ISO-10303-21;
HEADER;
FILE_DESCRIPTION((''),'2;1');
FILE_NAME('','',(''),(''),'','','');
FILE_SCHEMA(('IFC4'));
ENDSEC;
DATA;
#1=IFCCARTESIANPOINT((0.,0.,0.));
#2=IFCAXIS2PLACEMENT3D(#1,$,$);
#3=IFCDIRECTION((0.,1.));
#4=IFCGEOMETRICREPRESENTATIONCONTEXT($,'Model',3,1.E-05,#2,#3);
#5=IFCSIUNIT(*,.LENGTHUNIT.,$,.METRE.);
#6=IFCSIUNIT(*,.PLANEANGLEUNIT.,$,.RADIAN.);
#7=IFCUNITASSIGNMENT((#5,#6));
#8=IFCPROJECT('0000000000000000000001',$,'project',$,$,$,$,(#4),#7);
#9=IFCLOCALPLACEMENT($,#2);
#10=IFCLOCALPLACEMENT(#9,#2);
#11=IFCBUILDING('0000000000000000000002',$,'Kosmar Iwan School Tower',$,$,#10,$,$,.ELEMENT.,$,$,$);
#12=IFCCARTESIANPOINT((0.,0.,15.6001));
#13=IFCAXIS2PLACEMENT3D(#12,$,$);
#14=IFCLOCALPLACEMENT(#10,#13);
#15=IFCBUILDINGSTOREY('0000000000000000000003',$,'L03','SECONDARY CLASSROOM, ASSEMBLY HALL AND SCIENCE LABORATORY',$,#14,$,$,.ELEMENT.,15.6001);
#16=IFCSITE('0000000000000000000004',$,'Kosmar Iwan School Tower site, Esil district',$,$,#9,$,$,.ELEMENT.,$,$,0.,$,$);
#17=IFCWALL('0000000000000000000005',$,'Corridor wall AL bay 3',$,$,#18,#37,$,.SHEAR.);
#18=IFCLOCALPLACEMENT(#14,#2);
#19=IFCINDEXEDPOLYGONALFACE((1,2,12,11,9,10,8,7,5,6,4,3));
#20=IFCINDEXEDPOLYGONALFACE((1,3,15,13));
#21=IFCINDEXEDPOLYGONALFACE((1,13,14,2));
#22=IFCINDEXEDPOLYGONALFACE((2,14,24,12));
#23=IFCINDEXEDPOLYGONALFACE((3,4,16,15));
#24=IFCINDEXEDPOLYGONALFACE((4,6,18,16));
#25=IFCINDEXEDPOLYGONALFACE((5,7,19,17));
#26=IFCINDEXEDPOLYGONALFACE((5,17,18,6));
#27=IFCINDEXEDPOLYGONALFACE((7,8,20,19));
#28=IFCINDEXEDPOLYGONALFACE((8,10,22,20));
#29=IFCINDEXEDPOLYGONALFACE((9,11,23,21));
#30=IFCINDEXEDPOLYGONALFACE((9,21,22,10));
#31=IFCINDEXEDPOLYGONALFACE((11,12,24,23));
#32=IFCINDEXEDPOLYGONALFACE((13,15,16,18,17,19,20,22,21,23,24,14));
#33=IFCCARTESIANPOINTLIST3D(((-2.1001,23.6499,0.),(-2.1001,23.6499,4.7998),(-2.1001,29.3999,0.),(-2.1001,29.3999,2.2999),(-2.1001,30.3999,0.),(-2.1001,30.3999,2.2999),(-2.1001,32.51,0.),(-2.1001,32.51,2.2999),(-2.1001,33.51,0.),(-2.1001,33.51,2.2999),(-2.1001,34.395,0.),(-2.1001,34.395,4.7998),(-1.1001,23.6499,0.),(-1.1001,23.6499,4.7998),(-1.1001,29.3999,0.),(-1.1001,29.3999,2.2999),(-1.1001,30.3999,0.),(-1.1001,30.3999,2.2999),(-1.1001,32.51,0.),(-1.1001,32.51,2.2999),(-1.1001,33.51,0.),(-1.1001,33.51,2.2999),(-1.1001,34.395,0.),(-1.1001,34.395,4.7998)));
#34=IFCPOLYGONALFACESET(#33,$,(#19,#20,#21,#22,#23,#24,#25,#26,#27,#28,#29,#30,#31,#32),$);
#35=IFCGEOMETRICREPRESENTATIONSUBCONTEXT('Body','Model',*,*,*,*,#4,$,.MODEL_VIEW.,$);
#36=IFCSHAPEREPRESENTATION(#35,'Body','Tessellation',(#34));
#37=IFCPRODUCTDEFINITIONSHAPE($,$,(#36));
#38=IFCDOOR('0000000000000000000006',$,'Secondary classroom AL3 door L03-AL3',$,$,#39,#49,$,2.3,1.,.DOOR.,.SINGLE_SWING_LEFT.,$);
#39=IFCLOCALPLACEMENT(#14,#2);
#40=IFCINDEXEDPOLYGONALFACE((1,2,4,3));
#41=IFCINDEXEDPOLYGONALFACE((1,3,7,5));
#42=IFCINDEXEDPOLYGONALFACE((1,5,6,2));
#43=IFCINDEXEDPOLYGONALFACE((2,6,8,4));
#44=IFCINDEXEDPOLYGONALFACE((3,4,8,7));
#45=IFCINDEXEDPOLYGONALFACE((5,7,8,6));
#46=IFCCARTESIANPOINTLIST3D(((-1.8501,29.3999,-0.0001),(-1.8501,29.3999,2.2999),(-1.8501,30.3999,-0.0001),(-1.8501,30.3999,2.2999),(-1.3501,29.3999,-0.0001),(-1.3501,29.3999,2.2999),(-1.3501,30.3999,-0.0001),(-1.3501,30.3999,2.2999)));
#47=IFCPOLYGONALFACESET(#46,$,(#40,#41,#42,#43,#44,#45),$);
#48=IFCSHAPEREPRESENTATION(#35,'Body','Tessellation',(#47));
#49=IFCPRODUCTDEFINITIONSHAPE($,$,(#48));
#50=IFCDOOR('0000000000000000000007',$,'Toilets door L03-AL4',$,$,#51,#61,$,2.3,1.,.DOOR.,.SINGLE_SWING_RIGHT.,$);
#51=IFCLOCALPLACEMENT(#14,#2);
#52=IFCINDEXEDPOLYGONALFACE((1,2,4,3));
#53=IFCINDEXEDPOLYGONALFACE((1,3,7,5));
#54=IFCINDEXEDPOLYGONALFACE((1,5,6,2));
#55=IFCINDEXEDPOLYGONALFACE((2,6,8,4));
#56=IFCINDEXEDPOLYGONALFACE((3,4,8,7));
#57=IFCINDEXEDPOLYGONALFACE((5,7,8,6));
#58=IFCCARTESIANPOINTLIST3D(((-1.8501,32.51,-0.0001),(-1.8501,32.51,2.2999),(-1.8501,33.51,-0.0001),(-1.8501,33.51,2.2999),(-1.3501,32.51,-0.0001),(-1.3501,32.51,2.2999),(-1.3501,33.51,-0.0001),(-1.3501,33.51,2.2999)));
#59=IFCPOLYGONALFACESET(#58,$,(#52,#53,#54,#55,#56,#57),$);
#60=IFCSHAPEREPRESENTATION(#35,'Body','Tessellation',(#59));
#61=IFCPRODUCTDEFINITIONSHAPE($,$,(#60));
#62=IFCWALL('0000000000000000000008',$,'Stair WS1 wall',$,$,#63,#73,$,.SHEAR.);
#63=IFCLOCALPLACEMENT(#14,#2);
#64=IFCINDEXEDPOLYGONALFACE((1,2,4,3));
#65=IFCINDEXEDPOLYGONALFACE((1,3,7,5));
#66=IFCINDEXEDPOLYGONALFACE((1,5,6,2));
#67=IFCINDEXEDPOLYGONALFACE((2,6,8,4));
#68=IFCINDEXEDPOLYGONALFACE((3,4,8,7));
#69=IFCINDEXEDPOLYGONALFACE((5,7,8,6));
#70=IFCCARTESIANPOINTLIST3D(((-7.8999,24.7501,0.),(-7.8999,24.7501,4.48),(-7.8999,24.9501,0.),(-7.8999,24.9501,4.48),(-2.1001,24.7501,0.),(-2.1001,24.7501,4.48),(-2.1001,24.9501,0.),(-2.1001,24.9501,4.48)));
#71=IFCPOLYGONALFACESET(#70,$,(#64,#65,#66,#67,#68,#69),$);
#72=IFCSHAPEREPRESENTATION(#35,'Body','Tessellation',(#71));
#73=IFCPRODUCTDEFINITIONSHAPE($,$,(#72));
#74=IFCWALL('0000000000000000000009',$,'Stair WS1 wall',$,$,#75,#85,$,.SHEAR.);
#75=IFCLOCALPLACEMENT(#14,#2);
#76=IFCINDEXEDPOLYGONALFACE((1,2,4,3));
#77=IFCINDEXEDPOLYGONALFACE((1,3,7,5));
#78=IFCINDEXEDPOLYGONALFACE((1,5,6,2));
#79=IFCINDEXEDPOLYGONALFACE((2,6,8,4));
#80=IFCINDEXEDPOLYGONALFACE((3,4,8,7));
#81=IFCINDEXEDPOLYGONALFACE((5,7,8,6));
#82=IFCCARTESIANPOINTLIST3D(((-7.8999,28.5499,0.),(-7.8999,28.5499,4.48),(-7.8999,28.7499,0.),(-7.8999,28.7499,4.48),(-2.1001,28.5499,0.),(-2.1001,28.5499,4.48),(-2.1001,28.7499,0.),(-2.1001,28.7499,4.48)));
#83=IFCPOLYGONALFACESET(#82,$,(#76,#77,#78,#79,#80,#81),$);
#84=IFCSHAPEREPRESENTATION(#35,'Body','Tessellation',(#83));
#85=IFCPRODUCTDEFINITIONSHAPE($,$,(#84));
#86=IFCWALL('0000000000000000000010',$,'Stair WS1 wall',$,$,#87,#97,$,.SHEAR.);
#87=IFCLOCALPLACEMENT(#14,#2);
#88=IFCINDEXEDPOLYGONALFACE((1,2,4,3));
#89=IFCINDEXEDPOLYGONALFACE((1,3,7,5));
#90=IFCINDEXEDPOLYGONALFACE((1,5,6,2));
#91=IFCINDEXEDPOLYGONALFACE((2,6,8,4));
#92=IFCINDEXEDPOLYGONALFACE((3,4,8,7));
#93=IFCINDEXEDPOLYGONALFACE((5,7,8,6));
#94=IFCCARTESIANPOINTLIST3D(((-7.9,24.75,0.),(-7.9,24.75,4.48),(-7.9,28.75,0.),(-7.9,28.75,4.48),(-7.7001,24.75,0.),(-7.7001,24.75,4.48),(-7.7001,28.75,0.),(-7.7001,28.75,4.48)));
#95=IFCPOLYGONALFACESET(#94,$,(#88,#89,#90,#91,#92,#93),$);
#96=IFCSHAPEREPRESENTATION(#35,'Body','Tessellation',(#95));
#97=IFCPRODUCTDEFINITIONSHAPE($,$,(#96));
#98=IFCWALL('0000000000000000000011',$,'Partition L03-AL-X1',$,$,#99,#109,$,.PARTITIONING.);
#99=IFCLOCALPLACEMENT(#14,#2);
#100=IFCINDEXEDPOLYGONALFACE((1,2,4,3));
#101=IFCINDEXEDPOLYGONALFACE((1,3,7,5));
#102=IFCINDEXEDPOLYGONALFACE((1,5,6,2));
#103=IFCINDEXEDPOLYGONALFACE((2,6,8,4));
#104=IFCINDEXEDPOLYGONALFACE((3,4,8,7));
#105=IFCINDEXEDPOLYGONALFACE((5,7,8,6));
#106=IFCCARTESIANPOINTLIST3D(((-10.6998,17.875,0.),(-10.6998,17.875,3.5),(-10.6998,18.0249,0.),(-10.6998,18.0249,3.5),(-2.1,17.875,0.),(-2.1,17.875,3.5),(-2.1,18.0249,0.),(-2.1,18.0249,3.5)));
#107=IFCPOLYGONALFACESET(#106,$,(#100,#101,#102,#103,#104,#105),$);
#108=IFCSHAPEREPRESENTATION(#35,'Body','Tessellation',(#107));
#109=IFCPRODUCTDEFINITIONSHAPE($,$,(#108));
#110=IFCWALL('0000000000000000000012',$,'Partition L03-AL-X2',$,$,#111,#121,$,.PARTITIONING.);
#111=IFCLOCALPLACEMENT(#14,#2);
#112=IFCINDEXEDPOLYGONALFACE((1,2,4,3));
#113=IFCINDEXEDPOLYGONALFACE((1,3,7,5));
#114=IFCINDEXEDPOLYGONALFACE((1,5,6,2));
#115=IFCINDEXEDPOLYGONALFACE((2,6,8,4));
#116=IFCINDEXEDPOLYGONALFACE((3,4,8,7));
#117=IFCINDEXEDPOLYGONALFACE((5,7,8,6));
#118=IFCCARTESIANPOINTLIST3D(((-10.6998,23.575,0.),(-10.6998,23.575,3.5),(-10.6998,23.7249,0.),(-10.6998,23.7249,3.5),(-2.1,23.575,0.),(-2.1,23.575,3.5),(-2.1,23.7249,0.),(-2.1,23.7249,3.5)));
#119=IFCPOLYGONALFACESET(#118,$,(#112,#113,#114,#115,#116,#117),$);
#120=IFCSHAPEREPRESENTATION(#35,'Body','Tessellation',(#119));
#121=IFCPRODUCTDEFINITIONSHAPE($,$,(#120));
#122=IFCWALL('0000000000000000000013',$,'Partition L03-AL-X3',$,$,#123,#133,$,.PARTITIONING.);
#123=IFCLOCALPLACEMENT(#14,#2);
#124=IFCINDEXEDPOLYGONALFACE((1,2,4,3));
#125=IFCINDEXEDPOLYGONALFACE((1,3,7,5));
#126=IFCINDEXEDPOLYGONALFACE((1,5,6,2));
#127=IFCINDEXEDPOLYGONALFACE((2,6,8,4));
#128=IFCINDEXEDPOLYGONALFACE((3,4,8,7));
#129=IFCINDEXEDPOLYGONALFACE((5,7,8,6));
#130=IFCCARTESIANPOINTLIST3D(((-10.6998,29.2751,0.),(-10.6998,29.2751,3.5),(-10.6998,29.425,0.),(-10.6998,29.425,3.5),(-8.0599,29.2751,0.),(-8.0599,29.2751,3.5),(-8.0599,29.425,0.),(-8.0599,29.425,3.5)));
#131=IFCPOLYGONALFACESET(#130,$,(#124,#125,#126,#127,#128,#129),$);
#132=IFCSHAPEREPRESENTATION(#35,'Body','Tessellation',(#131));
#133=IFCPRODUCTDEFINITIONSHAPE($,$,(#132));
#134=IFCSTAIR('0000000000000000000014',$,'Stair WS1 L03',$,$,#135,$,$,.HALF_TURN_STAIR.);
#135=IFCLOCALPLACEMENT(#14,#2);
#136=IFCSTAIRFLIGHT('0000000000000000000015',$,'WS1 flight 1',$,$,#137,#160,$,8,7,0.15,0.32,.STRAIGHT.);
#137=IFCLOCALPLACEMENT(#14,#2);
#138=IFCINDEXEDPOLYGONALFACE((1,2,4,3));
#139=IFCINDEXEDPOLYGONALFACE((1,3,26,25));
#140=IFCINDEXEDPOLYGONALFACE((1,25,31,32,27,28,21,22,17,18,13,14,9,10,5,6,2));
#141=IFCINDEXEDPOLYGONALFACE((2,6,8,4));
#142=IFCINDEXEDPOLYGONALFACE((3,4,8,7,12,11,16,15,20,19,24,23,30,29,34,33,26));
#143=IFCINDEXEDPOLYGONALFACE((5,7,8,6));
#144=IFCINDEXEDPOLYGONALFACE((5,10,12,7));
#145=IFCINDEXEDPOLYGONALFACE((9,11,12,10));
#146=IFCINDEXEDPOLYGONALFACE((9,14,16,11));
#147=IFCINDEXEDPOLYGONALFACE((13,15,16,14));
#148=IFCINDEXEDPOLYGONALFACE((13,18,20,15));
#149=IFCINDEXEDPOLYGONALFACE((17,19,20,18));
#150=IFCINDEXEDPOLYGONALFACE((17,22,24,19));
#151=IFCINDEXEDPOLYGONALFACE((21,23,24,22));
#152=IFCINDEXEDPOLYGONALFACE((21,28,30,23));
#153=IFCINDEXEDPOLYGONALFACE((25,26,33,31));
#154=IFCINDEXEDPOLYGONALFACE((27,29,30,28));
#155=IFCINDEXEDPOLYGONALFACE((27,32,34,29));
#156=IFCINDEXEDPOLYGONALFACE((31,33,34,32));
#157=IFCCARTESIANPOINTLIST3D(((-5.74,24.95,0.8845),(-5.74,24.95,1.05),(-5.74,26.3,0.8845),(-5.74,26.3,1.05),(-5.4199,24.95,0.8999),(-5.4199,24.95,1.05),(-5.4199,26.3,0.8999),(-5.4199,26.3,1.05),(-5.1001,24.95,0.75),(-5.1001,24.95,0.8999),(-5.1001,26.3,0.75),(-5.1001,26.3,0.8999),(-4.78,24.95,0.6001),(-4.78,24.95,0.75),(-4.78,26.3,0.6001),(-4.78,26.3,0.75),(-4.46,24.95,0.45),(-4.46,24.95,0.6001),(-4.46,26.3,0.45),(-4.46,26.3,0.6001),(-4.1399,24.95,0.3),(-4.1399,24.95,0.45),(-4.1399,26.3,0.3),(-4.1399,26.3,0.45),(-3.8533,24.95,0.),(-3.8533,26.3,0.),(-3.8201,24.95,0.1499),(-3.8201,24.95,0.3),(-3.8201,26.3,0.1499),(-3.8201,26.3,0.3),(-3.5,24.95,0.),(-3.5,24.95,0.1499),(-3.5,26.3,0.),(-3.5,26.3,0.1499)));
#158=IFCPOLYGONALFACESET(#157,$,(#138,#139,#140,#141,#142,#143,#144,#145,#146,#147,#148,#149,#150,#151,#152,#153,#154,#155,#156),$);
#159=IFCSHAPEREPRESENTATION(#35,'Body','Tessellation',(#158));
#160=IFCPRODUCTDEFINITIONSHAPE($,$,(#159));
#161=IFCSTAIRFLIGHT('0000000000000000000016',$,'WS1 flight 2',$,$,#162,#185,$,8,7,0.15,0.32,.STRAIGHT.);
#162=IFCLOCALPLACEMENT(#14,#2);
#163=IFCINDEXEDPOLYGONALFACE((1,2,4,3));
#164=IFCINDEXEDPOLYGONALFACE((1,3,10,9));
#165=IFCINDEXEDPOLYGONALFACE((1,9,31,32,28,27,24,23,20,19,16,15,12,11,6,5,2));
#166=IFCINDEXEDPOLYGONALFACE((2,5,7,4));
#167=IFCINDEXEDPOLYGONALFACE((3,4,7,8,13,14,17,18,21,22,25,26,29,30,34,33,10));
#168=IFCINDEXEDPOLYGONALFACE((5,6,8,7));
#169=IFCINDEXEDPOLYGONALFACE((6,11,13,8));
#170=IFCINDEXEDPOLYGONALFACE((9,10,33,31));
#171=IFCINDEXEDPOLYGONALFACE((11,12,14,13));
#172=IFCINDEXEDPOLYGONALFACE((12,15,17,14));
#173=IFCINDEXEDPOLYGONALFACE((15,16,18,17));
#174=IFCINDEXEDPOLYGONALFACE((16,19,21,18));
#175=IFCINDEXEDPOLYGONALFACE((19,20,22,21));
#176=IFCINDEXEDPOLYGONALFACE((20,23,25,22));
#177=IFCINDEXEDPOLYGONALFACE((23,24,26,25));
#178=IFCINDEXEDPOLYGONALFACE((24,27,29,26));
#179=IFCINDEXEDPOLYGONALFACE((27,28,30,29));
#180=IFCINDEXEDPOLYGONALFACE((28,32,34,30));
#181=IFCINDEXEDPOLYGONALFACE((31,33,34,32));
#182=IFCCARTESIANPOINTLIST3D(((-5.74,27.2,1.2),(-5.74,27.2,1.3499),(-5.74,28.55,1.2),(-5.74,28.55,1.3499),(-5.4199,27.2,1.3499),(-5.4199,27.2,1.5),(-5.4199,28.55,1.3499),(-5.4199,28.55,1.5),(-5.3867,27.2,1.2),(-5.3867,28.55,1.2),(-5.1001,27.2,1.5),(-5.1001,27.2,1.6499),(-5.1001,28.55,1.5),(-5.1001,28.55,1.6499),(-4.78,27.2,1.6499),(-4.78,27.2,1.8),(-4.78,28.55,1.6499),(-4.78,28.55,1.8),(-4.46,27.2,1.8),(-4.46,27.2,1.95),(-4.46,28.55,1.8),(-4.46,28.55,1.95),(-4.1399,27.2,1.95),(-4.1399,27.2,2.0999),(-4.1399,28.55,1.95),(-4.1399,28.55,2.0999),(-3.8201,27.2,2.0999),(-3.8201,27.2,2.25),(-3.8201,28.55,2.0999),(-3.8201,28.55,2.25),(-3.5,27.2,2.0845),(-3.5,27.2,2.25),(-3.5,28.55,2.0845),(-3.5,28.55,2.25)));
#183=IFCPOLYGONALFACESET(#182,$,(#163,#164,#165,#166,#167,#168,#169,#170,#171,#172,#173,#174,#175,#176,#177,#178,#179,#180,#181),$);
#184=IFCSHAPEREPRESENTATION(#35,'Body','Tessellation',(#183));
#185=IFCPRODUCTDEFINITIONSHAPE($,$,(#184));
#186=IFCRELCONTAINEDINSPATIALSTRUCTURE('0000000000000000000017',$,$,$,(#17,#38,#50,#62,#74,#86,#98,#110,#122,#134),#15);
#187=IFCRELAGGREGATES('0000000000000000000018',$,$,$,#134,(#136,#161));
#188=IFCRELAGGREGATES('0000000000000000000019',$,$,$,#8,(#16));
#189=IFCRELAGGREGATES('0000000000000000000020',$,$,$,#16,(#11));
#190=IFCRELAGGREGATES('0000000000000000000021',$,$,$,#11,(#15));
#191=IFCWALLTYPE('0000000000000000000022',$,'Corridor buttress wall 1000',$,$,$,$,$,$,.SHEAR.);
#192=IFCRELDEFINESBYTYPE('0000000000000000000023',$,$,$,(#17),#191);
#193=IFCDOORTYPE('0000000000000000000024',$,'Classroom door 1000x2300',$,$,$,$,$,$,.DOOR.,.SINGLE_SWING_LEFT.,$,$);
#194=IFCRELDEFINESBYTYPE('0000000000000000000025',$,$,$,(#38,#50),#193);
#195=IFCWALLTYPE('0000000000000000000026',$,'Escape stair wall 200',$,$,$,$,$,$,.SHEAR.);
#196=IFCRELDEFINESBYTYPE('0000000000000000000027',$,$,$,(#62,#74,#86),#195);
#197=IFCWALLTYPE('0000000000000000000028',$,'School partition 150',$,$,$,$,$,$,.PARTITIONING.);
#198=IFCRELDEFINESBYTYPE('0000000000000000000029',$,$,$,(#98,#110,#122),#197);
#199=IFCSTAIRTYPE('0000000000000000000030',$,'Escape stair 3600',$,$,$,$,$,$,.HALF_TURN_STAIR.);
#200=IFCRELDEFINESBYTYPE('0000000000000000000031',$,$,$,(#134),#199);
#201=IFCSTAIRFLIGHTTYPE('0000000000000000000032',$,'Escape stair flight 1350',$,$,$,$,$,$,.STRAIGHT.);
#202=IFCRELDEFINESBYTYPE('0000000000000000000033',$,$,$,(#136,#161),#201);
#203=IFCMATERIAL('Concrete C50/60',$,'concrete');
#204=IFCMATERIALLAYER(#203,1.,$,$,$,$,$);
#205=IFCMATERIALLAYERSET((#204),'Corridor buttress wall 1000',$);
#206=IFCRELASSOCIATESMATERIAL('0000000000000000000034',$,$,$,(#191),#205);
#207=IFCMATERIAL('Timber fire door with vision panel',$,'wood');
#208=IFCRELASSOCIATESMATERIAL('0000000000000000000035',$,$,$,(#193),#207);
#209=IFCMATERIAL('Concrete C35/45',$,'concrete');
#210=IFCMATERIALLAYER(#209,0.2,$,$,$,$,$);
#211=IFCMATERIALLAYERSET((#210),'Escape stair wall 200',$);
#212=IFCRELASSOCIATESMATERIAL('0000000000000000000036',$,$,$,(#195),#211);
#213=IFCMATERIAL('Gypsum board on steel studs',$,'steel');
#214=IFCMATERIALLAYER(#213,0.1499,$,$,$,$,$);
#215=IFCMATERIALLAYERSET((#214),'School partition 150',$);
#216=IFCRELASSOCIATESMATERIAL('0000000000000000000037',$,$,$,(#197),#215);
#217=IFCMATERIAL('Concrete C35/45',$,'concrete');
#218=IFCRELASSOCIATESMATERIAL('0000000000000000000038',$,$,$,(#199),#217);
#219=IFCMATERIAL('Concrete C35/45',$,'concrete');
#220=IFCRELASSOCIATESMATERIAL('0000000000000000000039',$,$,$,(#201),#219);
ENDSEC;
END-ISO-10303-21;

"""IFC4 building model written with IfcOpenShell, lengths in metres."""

from ifc_helpers import new_model, si_unit, direction, frame, frame_2d, origin, place, context, subcontext, project, spatial, polyline, rectangle, outline, extrude, material, layer, layer_set, type_object, element, fill, aggregate, save


model = new_model("IFC4")

# Units and contexts
model_context = context("Model", 3, precision=1e-05, world=origin(), true_north=direction((0.0, 1.0)))
body_context = subcontext(model_context, "Body", "Model", "MODEL_VIEW")
ifc_project = project(units=[si_unit("LENGTHUNIT", "METRE"), si_unit("PLANEANGLEUNIT", "RADIAN")], contexts=[model_context])

# Site, building, storey
site_placement = place(None, origin())
site = spatial("IfcSite", under=ifc_project, at=site_placement, Name="Kosmar Iwan School Tower site, Esil district", CompositionType="ELEMENT", RefElevation=0.0)
building_placement = place(site_placement, origin())
building = spatial("IfcBuilding", under=site, at=building_placement, Name="Kosmar Iwan School Tower", CompositionType="ELEMENT")
storey_placement = place(building_placement, frame((0.0, 0.0, 15.6001)))
storey = spatial("IfcBuildingStorey", under=building, at=storey_placement, Name="L03", Description="SECONDARY CLASSROOM, ASSEMBLY HALL AND SCIENCE LABORATORY", CompositionType="ELEMENT", Elevation=15.6001)

# Shared definitions
ifc_material_1 = material(Name="Concrete C50/60", Category="concrete")
ifc_layer_1 = layer(ifc_material_1, 1.0)
ifc_layer_set_1 = layer_set([ifc_layer_1], Name="Corridor buttress wall 1000")
wall_type_1 = type_object("IfcWallType", Name="Corridor buttress wall 1000", PredefinedType="SHEAR", material=ifc_layer_set_1)
ifc_material_2 = material(Name="Timber fire door with vision panel", Category="wood")
door_type = type_object("IfcDoorType", Name="Classroom door 1000x2300", OperationType="SINGLE_SWING_LEFT", PredefinedType="DOOR", material=ifc_material_2)

# Wall, openings, doors
wall_1_placement = place(storey_placement, frame((-1.6001, 23.6499, 0.0), z_axis=(0.0, 0.0, 1.0), x_axis=(0.0, 1.0, 0.0)))
wall_1 = element("IfcWall", 1, at=wall_1_placement, inside=storey, type_object=wall_type_1, Name="Corridor wall AL bay 3", PredefinedType="SHEAR", context=body_context, shape_type="SweptSolid", body=[
    extrude(rectangle(XDim=10.7451, YDim=1.0, at=frame_2d((5.3726, 0.0))), origin(), (0.0, 0.0, 1.0), 4.7998),
])
opening_1_placement = place(wall_1_placement, frame((5.75, 0.0, 0.0)))
opening_1 = element("IfcOpeningElement", 2, at=opening_1_placement, cuts=wall_1, PredefinedType="OPENING", context=body_context, shape_type="SweptSolid", body=[
    extrude(rectangle(XDim=1.0, YDim=2.3, at=frame_2d((0.5, 1.1499))), frame((0.0, 0.512, 0.0), z_axis=(0.0, -1.0, 0.0), x_axis=(1.0, 0.0, 0.0)), (0.0, 0.0, 1.0), 1.0239),
])
opening_2_placement = place(wall_1_placement, frame((8.8601, 0.0, 0.0)))
opening_2 = element("IfcOpeningElement", 3, at=opening_2_placement, cuts=wall_1, PredefinedType="OPENING", context=body_context, shape_type="SweptSolid", body=[
    extrude(rectangle(XDim=1.0, YDim=2.3, at=frame_2d((0.5, 1.1499))), frame((0.0, 0.512, 0.0), z_axis=(0.0, -1.0, 0.0), x_axis=(1.0, 0.0, 0.0)), (0.0, 0.0, 1.0), 1.0239),
])
door_1_placement = place(opening_1_placement, origin())
door_1 = element("IfcDoor", 4, at=door_1_placement, inside=storey, type_object=door_type, Name="Secondary classroom AL3 door L03-AL3", OperationType="SINGLE_SWING_LEFT", OverallHeight=2.3, OverallWidth=1.0, PredefinedType="DOOR", context=body_context, shape_type="SweptSolid", body=[
    extrude(rectangle(XDim=1.0, YDim=2.3, at=frame_2d((0.5, 1.1499))), frame((0.0, 0.25, 0.0), z_axis=(0.0, -1.0, 0.0), x_axis=(1.0, 0.0, 0.0)), (0.0, 0.0, 1.0), 0.5),
])
fill(opening_1, door_1)
door_2_placement = place(opening_2_placement, origin())
door_2 = element("IfcDoor", 5, at=door_2_placement, inside=storey, type_object=door_type, Name="Toilets door L03-AL4", OperationType="SINGLE_SWING_RIGHT", OverallHeight=2.3, OverallWidth=1.0, PredefinedType="DOOR", context=body_context, shape_type="SweptSolid", body=[
    extrude(rectangle(XDim=1.0, YDim=2.3, at=frame_2d((0.5, 1.1499))), frame((0.0, 0.25, 0.0), z_axis=(0.0, -1.0, 0.0), x_axis=(1.0, 0.0, 0.0)), (0.0, 0.0, 1.0), 0.5),
])
fill(opening_2, door_2)

# Walls
ifc_material_3 = material(Name="Concrete C35/45", Category="concrete")
ifc_layer_2 = layer(ifc_material_3, 0.2)
ifc_layer_set_2 = layer_set([ifc_layer_2], Name="Escape stair wall 200")
wall_type_2 = type_object("IfcWallType", Name="Escape stair wall 200", PredefinedType="SHEAR", material=ifc_layer_set_2)
for number, where, z_axis, x_axis, name in (
    (6, (-2.1001, 24.8501, 0.0), (0.0, 0.0, 1.0), (-1.0, 0.0, 0.0), "Stair WS1 wall"),
    (7, (-2.1001, 28.6499, 0.0), (0.0, 0.0, 1.0), (-1.0, 0.0, 0.0), "Stair WS1 wall"),
):
    element("IfcWall", number, at=place(storey_placement, frame(where, z_axis=z_axis, x_axis=x_axis)), inside=storey, type_object=wall_type_2, Name=name, PredefinedType="SHEAR", context=body_context, shape_type="SweptSolid", body=[
        extrude(rectangle(XDim=5.7998, YDim=0.2, at=frame_2d((2.8999, 0.0))), origin(), (0.0, 0.0, 1.0), 4.48),
    ])
wall_2_placement = place(storey_placement, frame((-7.8, 24.75, 0.0), z_axis=(0.0, 0.0, 1.0), x_axis=(0.0, 1.0, 0.0)))
element("IfcWall", 8, at=wall_2_placement, inside=storey, type_object=wall_type_2, Name="Stair WS1 wall", PredefinedType="SHEAR", context=body_context, shape_type="SweptSolid", body=[
    extrude(rectangle(XDim=4.0, YDim=0.2, at=frame_2d((2.0, 0.0))), origin(), (0.0, 0.0, 1.0), 4.48),
])
ifc_material_4 = material(Name="Gypsum board on steel studs", Category="steel")
ifc_layer_3 = layer(ifc_material_4, 0.1499)
ifc_layer_set_3 = layer_set([ifc_layer_3], Name="School partition 150")
wall_type_3 = type_object("IfcWallType", Name="School partition 150", PredefinedType="PARTITIONING", material=ifc_layer_set_3)
for number, where, z_axis, x_axis, name in (
    (9, (-2.1001, 17.95, 0.0), (0.0, 0.0, 1.0), (-1.0, 0.0, 0.0), "Partition L03-AL-X1"),
    (10, (-2.1001, 23.6499, 0.0), (0.0, 0.0, 1.0), (-1.0, 0.0, 0.0), "Partition L03-AL-X2"),
):
    element("IfcWall", number, at=place(storey_placement, frame(where, z_axis=z_axis, x_axis=x_axis)), inside=storey, type_object=wall_type_3, Name=name, PredefinedType="PARTITIONING", context=body_context, shape_type="SweptSolid", body=[
        extrude(rectangle(XDim=8.5999, YDim=0.1499, at=frame_2d((4.2998, 0.0))), origin(), (0.0, 0.0, 1.0), 3.5),
    ])
wall_3_placement = place(storey_placement, frame((-8.0601, 29.3501, 0.0), z_axis=(0.0, 0.0, 1.0), x_axis=(-1.0, 0.0, 0.0)))
element("IfcWall", 11, at=wall_3_placement, inside=storey, type_object=wall_type_3, Name="Partition L03-AL-X3", PredefinedType="PARTITIONING", context=body_context, shape_type="SweptSolid", body=[
    extrude(rectangle(XDim=2.6399, YDim=0.1499, at=frame_2d((1.3198, 0.0))), origin(), (0.0, 0.0, 1.0), 3.5),
])

# Stair, stair flights
ifc_material_5 = material(Name="Concrete C35/45", Category="concrete")
stair_type = type_object("IfcStairType", Name="Escape stair 3600", PredefinedType="HALF_TURN_STAIR", material=ifc_material_5)
stair_placement = place(storey_placement, origin())
stair = element("IfcStair", 12, at=stair_placement, inside=storey, type_object=stair_type, Name="Stair WS1 L03", PredefinedType="HALF_TURN_STAIR")
ifc_material_6 = material(Name="Concrete C35/45", Category="concrete")
stair_flight_type = type_object("IfcStairFlightType", Name="Escape stair flight 1350", PredefinedType="STRAIGHT", material=ifc_material_6)
stair_flight_1_placement = place(storey_placement, frame((-3.5, 25.625, 0.0), z_axis=(0.0, 0.0, 1.0), x_axis=(-1.0, 0.0, 0.0)))
stair_flight_1 = element("IfcStairFlight", 13, at=stair_flight_1_placement, type_object=stair_flight_type, Name="WS1 flight 1", NumberOfRisers=8, NumberOfTreads=7, PredefinedType="STRAIGHT", RiserHeight=0.15, TreadLength=0.32, context=body_context, shape_type="SweptSolid", body=[
    extrude(outline(polyline([(0.0, 0.0), (0.0, 0.1499), (0.3201, 0.1499), (0.3201, 0.3), (0.6399, 0.3), (0.6399, 0.45), (0.96, 0.45), (0.96, 0.6001), (1.28, 0.6001), (1.28, 0.75), (1.6001, 0.75), (1.6001, 0.8999), (1.9199, 0.8999), (1.9199, 1.05), (2.24, 1.05), (2.24, 1.2), (2.24, 0.8845), (0.3533, 0.0), (0.0, 0.0)])), frame((0.0, 0.675, 0.0), z_axis=(0.0, -1.0, 0.0), x_axis=(1.0, 0.0, 0.0)), (0.0, 0.0, 1.0), 1.3501),
])
stair_flight_2_placement = place(storey_placement, frame((-5.74, 27.875, 1.2), z_axis=(0.0, 0.0, 1.0), x_axis=(1.0, 0.0, 0.0)))
stair_flight_2 = element("IfcStairFlight", 14, at=stair_flight_2_placement, type_object=stair_flight_type, Name="WS1 flight 2", NumberOfRisers=8, NumberOfTreads=7, PredefinedType="STRAIGHT", RiserHeight=0.15, TreadLength=0.32, context=body_context, shape_type="SweptSolid", body=[
    extrude(outline(polyline([(0.0, 0.0), (0.0, 0.1499), (0.3201, 0.1499), (0.3201, 0.3), (0.6399, 0.3), (0.6399, 0.45), (0.96, 0.45), (0.96, 0.6001), (1.28, 0.6001), (1.28, 0.75), (1.6001, 0.75), (1.6001, 0.8999), (1.9199, 0.8999), (1.9199, 1.05), (2.24, 1.05), (2.24, 1.2), (2.24, 0.8845), (0.3533, 0.0), (0.0, 0.0)])), frame((0.0, 0.675, 0.0), z_axis=(0.0, -1.0, 0.0), x_axis=(1.0, 0.0, 0.0)), (0.0, 0.0, 1.0), 1.3501),
])
aggregate(stair, [stair_flight_1, stair_flight_2])

save(model, "model.ifc")
